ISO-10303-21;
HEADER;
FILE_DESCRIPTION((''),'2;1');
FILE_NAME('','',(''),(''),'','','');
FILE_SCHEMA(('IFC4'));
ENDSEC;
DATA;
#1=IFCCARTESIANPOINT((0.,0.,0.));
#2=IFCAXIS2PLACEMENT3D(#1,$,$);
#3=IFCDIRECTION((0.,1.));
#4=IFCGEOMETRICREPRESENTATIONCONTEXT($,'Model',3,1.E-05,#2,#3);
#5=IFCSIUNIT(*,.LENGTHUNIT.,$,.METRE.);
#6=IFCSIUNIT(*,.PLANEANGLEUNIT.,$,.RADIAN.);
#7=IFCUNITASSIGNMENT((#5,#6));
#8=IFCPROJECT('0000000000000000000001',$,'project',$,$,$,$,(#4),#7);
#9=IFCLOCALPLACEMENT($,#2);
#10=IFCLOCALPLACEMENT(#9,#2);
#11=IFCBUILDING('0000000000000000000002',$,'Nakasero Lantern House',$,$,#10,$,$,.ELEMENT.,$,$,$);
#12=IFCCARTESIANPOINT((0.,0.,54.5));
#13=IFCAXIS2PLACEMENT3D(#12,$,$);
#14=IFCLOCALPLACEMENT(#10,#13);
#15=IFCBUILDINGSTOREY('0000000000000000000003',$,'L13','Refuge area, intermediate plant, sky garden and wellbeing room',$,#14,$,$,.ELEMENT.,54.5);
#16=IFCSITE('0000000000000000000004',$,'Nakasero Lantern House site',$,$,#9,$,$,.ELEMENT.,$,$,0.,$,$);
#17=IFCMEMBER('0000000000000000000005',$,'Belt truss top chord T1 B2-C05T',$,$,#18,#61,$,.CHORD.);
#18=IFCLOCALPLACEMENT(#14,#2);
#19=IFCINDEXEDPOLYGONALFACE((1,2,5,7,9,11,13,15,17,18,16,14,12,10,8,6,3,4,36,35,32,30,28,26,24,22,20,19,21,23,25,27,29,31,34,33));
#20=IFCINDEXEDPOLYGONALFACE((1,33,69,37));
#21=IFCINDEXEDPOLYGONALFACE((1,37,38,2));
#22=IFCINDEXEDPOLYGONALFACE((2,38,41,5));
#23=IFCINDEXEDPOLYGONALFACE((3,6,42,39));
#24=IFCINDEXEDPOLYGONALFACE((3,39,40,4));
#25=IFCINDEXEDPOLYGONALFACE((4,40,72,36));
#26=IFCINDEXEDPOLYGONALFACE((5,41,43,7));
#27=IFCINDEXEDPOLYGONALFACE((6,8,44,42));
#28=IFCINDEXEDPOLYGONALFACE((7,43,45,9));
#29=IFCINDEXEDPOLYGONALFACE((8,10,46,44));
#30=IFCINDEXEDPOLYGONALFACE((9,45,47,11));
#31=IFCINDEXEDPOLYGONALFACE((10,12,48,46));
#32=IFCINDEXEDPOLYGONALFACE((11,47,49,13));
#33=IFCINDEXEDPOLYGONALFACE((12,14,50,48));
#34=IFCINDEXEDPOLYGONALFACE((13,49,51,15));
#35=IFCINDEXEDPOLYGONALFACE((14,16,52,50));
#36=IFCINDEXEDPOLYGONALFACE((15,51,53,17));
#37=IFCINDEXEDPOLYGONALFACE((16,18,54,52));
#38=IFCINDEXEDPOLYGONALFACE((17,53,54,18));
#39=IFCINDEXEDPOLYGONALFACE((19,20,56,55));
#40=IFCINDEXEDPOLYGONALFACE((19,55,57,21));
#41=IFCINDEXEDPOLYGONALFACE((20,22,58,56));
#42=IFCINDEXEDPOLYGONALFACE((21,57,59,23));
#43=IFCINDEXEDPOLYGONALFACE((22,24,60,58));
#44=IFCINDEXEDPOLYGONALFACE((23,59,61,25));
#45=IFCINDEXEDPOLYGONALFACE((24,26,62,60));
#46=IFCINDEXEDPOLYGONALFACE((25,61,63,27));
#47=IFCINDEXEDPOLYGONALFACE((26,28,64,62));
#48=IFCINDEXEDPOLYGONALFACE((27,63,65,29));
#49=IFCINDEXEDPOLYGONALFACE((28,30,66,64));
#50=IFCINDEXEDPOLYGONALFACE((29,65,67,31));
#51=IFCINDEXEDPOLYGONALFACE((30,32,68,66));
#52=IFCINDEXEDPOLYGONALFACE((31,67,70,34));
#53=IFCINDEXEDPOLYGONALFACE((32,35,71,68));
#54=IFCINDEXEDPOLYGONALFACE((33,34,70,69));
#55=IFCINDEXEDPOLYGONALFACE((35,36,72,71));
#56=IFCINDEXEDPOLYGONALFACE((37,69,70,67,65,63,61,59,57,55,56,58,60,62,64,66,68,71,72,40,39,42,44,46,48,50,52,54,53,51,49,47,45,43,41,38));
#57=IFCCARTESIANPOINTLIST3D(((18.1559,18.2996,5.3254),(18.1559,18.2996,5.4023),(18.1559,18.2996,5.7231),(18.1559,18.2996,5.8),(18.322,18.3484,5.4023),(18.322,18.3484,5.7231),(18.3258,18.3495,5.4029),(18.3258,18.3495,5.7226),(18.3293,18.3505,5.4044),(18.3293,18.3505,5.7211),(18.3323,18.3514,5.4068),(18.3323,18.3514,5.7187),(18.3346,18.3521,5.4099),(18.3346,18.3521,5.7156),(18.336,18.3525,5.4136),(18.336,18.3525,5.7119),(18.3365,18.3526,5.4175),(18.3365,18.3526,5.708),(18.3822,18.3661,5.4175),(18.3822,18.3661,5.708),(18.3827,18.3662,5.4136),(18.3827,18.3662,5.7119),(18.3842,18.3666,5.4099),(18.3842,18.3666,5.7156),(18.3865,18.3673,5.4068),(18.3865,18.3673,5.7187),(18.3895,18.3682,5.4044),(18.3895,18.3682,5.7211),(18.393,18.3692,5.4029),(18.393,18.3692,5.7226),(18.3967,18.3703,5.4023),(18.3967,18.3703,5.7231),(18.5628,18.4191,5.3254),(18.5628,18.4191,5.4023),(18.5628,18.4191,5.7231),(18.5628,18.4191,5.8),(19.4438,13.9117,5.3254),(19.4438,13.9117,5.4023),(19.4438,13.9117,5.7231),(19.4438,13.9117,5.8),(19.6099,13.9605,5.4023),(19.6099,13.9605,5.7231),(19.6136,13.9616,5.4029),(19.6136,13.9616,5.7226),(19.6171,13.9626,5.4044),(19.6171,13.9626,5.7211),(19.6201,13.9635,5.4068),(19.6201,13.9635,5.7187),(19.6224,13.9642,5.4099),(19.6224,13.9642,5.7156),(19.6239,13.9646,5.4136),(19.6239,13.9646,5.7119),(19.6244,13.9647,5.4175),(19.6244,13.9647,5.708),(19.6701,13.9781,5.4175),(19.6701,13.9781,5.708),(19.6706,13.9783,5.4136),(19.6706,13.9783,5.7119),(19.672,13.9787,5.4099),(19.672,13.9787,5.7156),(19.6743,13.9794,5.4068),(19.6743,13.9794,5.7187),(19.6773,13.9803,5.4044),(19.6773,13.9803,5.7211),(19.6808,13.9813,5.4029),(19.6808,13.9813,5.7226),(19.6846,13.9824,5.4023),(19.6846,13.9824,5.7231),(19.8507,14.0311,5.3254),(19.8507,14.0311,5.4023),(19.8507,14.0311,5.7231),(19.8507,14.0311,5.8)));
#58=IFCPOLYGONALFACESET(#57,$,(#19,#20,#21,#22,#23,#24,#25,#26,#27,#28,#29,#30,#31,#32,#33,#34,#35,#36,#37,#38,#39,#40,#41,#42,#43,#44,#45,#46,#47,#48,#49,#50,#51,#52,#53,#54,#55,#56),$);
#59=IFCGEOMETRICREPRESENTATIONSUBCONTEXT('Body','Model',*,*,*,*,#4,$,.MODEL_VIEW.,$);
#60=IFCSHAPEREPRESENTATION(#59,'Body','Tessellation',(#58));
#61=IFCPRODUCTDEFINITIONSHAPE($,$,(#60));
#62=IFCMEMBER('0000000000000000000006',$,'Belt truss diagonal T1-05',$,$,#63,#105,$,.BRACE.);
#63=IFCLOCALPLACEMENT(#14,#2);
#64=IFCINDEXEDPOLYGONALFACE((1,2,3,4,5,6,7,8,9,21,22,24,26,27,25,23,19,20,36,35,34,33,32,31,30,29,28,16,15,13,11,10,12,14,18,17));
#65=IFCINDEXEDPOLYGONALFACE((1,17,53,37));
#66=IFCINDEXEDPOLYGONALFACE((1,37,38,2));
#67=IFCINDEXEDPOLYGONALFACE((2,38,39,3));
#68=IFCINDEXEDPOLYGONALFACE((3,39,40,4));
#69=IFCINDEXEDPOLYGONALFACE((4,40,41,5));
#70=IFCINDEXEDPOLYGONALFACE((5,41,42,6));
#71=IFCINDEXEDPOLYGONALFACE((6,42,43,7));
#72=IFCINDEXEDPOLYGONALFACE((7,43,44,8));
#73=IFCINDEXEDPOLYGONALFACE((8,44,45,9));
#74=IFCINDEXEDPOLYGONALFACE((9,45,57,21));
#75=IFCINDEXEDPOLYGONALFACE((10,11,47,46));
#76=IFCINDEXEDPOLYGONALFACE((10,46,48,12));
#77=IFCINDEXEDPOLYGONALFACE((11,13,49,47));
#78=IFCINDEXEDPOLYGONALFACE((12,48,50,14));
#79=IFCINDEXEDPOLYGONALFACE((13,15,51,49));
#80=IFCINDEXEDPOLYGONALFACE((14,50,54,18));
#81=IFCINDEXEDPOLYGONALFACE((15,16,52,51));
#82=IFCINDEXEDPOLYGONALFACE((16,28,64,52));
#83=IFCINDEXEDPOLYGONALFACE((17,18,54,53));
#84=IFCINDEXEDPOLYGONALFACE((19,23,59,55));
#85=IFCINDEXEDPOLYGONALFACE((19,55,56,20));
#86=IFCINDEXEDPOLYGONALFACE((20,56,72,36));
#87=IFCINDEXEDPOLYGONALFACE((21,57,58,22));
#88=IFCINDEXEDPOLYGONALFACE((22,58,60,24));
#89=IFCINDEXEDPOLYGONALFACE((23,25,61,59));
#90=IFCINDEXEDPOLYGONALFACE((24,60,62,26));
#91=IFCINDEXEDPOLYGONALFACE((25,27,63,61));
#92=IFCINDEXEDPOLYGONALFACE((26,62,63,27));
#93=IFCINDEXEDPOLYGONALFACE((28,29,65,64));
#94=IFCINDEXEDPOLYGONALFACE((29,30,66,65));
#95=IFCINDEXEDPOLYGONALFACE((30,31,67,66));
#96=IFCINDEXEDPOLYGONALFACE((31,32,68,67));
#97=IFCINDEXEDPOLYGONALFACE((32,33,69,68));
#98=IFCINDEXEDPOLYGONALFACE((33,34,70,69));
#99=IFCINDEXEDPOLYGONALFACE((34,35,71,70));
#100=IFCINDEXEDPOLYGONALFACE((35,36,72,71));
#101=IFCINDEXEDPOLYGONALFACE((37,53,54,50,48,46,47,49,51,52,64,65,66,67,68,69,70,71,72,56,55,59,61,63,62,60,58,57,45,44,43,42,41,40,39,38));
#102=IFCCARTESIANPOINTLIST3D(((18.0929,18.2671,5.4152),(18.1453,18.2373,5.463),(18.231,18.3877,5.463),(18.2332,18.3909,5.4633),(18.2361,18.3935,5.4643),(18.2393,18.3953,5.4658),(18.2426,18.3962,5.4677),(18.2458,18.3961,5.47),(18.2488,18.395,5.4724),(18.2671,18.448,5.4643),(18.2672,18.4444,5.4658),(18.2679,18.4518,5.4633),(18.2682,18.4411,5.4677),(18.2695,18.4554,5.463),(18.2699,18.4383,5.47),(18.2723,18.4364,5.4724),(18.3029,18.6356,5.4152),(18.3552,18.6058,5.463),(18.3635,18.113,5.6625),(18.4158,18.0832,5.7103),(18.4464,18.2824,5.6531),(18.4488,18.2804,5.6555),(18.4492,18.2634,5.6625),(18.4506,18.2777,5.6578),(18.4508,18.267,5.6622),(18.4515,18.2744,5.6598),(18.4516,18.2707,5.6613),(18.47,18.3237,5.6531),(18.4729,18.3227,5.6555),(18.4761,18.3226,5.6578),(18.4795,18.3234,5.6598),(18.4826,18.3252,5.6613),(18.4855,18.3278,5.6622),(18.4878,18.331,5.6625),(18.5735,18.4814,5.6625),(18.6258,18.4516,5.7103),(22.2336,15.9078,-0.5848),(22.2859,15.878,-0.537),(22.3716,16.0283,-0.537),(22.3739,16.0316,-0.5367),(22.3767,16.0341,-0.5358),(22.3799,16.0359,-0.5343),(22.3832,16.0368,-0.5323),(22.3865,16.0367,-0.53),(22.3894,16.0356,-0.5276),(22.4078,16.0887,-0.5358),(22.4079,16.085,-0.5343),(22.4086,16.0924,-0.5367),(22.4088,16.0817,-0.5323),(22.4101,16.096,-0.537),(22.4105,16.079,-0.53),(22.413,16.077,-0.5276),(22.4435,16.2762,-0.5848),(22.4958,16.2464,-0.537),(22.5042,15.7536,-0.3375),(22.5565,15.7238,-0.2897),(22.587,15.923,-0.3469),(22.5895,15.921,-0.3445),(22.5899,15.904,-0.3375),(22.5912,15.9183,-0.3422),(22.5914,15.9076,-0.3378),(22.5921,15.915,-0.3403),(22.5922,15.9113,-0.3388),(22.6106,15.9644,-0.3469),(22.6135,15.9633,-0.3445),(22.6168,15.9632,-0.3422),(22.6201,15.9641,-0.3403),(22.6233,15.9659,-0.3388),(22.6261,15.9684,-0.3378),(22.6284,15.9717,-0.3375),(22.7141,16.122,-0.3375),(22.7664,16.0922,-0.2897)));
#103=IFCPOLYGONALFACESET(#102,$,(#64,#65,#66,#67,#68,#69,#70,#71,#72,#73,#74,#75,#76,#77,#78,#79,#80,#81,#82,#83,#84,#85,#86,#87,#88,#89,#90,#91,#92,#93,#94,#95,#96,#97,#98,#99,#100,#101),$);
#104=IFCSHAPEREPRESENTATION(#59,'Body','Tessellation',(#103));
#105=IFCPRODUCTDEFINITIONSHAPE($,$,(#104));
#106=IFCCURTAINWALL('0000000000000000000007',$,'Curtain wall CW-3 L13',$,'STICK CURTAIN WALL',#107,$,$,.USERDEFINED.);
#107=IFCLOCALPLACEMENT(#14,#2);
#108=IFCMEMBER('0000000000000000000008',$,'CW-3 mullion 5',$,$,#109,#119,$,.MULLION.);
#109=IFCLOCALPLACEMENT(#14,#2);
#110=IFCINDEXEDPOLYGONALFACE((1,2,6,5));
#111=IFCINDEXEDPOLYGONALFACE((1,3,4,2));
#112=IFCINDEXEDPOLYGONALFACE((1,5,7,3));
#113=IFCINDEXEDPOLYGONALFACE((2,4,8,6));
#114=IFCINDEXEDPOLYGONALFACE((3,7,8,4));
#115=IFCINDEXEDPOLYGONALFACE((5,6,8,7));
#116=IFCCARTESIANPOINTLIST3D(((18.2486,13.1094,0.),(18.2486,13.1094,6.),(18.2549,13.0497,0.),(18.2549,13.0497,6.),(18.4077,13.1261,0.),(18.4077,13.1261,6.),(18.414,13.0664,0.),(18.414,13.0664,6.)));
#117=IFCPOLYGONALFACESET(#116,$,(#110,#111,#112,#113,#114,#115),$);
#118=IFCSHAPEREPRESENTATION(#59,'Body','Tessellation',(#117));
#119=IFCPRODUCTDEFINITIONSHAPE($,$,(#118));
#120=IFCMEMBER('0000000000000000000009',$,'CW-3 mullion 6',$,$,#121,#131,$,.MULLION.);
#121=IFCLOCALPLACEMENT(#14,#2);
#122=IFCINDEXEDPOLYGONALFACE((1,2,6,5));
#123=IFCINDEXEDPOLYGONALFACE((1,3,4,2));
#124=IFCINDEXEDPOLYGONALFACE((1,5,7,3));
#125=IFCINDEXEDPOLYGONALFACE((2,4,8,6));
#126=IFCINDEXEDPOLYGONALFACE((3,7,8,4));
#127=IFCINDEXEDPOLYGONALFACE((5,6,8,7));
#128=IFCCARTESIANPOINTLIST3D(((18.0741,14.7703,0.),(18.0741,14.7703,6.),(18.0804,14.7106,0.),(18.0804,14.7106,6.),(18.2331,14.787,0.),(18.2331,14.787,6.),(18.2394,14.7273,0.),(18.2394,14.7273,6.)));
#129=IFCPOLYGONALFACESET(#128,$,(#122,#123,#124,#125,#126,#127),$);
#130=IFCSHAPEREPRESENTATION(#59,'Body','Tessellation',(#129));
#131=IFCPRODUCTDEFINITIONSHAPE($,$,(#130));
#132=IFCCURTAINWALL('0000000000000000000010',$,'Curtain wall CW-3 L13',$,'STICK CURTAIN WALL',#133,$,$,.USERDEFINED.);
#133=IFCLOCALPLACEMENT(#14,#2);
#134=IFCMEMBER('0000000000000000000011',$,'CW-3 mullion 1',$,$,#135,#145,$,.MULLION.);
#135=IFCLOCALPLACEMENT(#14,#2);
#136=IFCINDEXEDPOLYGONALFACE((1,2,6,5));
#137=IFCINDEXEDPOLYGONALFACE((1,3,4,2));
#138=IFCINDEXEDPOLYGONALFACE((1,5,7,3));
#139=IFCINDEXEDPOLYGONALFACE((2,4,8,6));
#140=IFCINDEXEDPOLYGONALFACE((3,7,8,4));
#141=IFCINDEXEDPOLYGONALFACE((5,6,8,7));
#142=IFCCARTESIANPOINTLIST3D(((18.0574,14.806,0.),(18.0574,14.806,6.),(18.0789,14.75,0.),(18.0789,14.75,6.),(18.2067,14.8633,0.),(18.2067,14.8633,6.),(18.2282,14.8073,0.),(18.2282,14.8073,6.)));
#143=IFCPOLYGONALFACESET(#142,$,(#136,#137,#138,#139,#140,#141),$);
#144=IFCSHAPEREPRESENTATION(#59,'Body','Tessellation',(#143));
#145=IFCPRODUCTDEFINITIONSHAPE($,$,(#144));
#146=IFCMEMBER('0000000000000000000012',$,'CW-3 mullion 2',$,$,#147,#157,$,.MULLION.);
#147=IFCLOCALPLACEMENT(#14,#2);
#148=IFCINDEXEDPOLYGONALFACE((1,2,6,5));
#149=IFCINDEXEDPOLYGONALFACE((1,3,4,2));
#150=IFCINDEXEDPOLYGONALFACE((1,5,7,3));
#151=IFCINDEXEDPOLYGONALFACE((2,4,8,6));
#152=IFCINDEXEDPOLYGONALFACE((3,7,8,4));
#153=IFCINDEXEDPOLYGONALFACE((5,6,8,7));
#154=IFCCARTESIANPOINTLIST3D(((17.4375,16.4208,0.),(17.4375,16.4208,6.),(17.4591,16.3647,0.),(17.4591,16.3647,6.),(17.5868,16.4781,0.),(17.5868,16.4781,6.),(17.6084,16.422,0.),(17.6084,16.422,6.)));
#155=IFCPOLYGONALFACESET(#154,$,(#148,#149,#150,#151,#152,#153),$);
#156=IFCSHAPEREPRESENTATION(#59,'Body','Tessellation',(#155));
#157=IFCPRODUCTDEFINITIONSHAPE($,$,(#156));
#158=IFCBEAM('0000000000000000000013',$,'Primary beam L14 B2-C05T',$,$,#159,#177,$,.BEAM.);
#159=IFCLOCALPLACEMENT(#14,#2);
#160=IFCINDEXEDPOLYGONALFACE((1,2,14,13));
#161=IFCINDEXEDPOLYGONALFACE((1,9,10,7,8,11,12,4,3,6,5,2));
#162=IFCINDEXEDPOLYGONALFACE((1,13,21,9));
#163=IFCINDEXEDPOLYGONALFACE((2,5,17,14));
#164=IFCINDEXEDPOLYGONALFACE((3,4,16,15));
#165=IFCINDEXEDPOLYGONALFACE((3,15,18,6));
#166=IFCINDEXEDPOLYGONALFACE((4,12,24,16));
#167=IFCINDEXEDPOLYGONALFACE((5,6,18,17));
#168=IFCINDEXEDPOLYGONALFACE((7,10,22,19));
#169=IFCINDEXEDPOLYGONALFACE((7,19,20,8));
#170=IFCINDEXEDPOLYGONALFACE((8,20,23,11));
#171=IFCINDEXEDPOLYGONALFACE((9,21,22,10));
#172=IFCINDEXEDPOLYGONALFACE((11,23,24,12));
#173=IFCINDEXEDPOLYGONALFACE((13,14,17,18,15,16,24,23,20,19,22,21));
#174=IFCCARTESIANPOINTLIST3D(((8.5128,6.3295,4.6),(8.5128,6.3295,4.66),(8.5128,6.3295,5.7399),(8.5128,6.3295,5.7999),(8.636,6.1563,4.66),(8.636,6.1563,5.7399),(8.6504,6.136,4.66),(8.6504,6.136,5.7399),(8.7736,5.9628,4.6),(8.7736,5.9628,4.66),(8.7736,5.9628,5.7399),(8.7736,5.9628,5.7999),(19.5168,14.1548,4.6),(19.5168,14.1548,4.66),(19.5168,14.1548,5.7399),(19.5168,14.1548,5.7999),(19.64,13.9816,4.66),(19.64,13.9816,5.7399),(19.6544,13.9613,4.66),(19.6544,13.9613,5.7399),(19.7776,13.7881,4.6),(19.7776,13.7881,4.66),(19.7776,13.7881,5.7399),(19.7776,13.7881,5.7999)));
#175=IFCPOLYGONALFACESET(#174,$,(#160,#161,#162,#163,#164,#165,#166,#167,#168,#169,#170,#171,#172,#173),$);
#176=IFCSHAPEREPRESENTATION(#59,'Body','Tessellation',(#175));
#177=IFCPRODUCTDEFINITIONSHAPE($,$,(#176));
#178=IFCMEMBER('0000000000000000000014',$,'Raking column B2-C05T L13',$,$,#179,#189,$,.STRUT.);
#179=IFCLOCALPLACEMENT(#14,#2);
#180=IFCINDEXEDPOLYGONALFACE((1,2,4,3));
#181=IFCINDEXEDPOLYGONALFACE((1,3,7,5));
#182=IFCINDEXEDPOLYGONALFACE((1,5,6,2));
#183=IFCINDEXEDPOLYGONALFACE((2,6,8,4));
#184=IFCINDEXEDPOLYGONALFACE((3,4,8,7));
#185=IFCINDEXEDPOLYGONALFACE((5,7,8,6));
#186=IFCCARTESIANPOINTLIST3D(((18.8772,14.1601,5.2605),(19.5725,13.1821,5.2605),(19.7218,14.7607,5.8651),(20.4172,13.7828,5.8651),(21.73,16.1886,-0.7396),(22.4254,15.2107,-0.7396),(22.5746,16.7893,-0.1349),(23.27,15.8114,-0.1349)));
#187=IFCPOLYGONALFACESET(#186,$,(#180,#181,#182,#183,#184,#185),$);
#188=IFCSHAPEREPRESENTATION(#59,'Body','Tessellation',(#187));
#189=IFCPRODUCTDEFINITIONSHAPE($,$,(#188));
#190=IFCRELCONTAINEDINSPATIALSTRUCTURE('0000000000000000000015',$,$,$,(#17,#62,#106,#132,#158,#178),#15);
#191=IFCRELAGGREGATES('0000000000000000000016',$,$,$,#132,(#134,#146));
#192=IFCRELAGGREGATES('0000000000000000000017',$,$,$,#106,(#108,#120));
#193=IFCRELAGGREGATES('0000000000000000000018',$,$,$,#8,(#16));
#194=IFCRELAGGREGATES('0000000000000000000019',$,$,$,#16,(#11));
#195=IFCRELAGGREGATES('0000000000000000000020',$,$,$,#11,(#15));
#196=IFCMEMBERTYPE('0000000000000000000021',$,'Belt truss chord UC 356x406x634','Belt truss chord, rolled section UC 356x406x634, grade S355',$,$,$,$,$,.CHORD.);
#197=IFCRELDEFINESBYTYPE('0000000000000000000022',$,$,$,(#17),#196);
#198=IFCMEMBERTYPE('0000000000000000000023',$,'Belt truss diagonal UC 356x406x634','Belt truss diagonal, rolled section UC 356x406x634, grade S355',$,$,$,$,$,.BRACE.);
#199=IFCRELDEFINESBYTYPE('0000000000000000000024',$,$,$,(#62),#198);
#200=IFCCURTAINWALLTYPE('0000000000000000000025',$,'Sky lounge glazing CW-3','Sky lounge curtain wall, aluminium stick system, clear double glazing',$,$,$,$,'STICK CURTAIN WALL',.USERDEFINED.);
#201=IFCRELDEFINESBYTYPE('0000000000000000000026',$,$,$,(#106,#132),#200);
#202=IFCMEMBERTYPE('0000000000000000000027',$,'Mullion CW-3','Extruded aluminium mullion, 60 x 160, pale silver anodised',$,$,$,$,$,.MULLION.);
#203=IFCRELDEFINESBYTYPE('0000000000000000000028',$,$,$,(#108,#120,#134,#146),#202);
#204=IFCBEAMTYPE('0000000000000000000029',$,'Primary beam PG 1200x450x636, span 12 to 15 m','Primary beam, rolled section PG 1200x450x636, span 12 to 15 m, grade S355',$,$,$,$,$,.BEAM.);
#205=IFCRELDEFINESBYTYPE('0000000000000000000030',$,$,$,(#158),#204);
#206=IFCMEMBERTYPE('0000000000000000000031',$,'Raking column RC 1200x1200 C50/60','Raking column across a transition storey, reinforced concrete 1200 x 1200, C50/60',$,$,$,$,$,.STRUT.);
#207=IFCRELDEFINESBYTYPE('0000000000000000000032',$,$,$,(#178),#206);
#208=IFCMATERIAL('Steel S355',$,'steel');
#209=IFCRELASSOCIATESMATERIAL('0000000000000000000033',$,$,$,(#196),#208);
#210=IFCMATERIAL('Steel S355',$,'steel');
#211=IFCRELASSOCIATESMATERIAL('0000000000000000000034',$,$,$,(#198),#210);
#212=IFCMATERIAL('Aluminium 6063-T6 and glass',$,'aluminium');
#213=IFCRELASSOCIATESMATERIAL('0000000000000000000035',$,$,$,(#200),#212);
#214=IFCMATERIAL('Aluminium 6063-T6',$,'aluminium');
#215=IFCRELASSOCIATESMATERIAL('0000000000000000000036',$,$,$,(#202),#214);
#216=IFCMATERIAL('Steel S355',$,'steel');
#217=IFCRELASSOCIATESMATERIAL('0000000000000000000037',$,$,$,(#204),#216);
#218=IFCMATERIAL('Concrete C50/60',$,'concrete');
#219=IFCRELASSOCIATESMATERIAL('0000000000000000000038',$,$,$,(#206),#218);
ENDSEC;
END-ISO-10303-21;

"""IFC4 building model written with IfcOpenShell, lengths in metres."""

from ifc_helpers import new_model, si_unit, direction, frame, origin, origin_2d, place, context, subcontext, project, spatial, rectangle, i_section, extrude, material, material_profile, profile_set, type_object, element, aggregate, save


model = new_model("IFC4")

# Units and contexts
model_context = context("Model", 3, precision=1e-05, world=origin(), true_north=direction((0.0, 1.0)))
body_context = subcontext(model_context, "Body", "Model", "MODEL_VIEW")
ifc_project = project(units=[si_unit("LENGTHUNIT", "METRE"), si_unit("PLANEANGLEUNIT", "RADIAN")], contexts=[model_context])

# Site, building, storey
site_placement = place(None, origin())
site = spatial("IfcSite", under=ifc_project, at=site_placement, Name="Nakasero Lantern House site", CompositionType="ELEMENT", RefElevation=0.0)
building_placement = place(site_placement, origin())
building = spatial("IfcBuilding", under=site, at=building_placement, Name="Nakasero Lantern House", CompositionType="ELEMENT")
storey_placement = place(building_placement, frame((0.0, 0.0, 54.5)))
storey = spatial("IfcBuildingStorey", under=building, at=storey_placement, Name="L13", Description="Refuge area, intermediate plant, sky garden and wellbeing room", CompositionType="ELEMENT", Elevation=54.5)

# Members
ifc_material_1 = material(Name="Steel S355", Category="steel")
ifc_material_profile_1 = material_profile(ifc_material_1, i_section(OverallWidth=0.4241, OverallDepth=0.4746, WebThickness=0.0476, FlangeThickness=0.0769, FilletRadius=0.0151, at=origin_2d()), Name="UC 356x406x634")
ifc_profile_set_1 = profile_set([ifc_material_profile_1], Name="Steel S355")
member_type_1 = type_object("IfcMemberType", Name="Belt truss chord UC 356x406x634", Description="Belt truss chord, rolled section UC 356x406x634, grade S355", PredefinedType="CHORD", material=ifc_profile_set_1)
member_1_placement = place(storey_placement, frame((19.6472, 13.9714, 5.5627), z_axis=(-0.281617, 0.959527, 0.0), x_axis=(-0.959527, -0.281617, 0.0)))
element("IfcMember", 1, at=member_1_placement, inside=storey, type_object=member_type_1, Name="Belt truss top chord T1 B2-C05T", PredefinedType="CHORD", context=body_context, shape_type="SweptSolid", body=[
    extrude(i_section(OverallWidth=0.4241, OverallDepth=0.4746, WebThickness=0.0476, FlangeThickness=0.0769, FilletRadius=0.0151, at=origin_2d()), origin(), (0.0, 0.0, 1.0), 4.573),
])
ifc_material_2 = material(Name="Steel S355", Category="steel")
ifc_material_profile_2 = material_profile(ifc_material_2, i_section(OverallWidth=0.4241, OverallDepth=0.4746, WebThickness=0.0476, FlangeThickness=0.0769, FilletRadius=0.0151, at=origin_2d()), Name="UC 356x406x634")
ifc_profile_set_2 = profile_set([ifc_material_profile_2], Name="Steel S355")
member_type_2 = type_object("IfcMemberType", Name="Belt truss diagonal UC 356x406x634", Description="Belt truss diagonal, rolled section UC 356x406x634, grade S355", PredefinedType="BRACE", material=ifc_profile_set_2)
member_2_placement = place(storey_placement, frame((22.5, 16.0, -0.4373), z_axis=(-0.540387, 0.307918, 0.783051), x_axis=(-0.495079, -0.868848, 0.0)))
element("IfcMember", 2, at=member_2_placement, inside=storey, type_object=member_type_2, Name="Belt truss diagonal T1-05", PredefinedType="BRACE", context=body_context, shape_type="SweptSolid", body=[
    extrude(i_section(OverallWidth=0.4241, OverallDepth=0.4746, WebThickness=0.0476, FlangeThickness=0.0769, FilletRadius=0.0151, at=origin_2d()), origin(), (0.0, 0.0, 1.0), 7.6624),
])

# Curtain walls, members
ifc_material_3 = material(Name="Aluminium 6063-T6 and glass", Category="aluminium")
curtain_wall_type = type_object("IfcCurtainWallType", Name="Sky lounge glazing CW-3", Description="Sky lounge curtain wall, aluminium stick system, clear double glazing", ElementType="STICK CURTAIN WALL", PredefinedType="USERDEFINED", material=ifc_material_3)
curtain_wall_1_placement = place(storey_placement, origin())
curtain_wall_1 = element("IfcCurtainWall", 3, at=curtain_wall_1_placement, inside=storey, type_object=curtain_wall_type, Name="Curtain wall CW-3 L13", ObjectType="STICK CURTAIN WALL", PredefinedType="USERDEFINED")
ifc_material_4 = material(Name="Aluminium 6063-T6", Category="aluminium")
ifc_material_profile_3 = material_profile(ifc_material_4, rectangle(XDim=0.0601, YDim=0.1599, at=origin_2d()), Name="CW-3 mullion 60x160")
ifc_profile_set_3 = profile_set([ifc_material_profile_3], Name="Aluminium 6063-T6")
member_type_3 = type_object("IfcMemberType", Name="Mullion CW-3", Description="Extruded aluminium mullion, 60 x 160, pale silver anodised", PredefinedType="MULLION", material=ifc_profile_set_3)
member_3_placement = place(storey_placement, frame((18.3313, 13.0879, 0.0), z_axis=(0.0, 0.0, 1.0), x_axis=(-0.104528, 0.994522, 0.0)))
member_3 = element("IfcMember", 4, at=member_3_placement, type_object=member_type_3, Name="CW-3 mullion 5", PredefinedType="MULLION", context=body_context, shape_type="SweptSolid", body=[
    extrude(rectangle(XDim=0.0601, YDim=0.1599, at=origin_2d()), origin(), (0.0, 0.0, 1.0), 6.0),
])
member_4_placement = place(storey_placement, frame((18.1567, 14.7488, 0.0), z_axis=(0.0, 0.0, 1.0), x_axis=(-0.104528, 0.994522, 0.0)))
member_4 = element("IfcMember", 5, at=member_4_placement, type_object=member_type_3, Name="CW-3 mullion 6", PredefinedType="MULLION", context=body_context, shape_type="SweptSolid", body=[
    extrude(rectangle(XDim=0.0601, YDim=0.1599, at=origin_2d()), origin(), (0.0, 0.0, 1.0), 6.0),
])
curtain_wall_2_placement = place(storey_placement, origin())
curtain_wall_2 = element("IfcCurtainWall", 6, at=curtain_wall_2_placement, inside=storey, type_object=curtain_wall_type, Name="Curtain wall CW-3 L13", ObjectType="STICK CURTAIN WALL", PredefinedType="USERDEFINED")
member_5_placement = place(storey_placement, frame((18.1428, 14.8066, 0.0), z_axis=(0.0, 0.0, 1.0), x_axis=(-0.358368, 0.93358, 0.0)))
member_5 = element("IfcMember", 7, at=member_5_placement, type_object=member_type_3, Name="CW-3 mullion 1", PredefinedType="MULLION", context=body_context, shape_type="SweptSolid", body=[
    extrude(rectangle(XDim=0.0601, YDim=0.1599, at=origin_2d()), origin(), (0.0, 0.0, 1.0), 6.0),
])
member_6_placement = place(storey_placement, frame((17.5229, 16.4214, 0.0), z_axis=(0.0, 0.0, 1.0), x_axis=(-0.358368, 0.93358, 0.0)))
member_6 = element("IfcMember", 8, at=member_6_placement, type_object=member_type_3, Name="CW-3 mullion 2", PredefinedType="MULLION", context=body_context, shape_type="SweptSolid", body=[
    extrude(rectangle(XDim=0.0601, YDim=0.1599, at=origin_2d()), origin(), (0.0, 0.0, 1.0), 6.0),
])

# Beam
ifc_material_5 = material(Name="Steel S355", Category="steel")
ifc_material_profile_4 = material_profile(ifc_material_5, i_section(OverallWidth=0.45, OverallDepth=1.2, WebThickness=0.0249, FlangeThickness=0.0601, at=origin_2d()), Name="PG 1200x450x636")
ifc_profile_set_4 = profile_set([ifc_material_profile_4], Name="Steel S355")
beam_type = type_object("IfcBeamType", Name="Primary beam PG 1200x450x636, span 12 to 15 m", Description="Primary beam, rolled section PG 1200x450x636, span 12 to 15 m, grade S355", PredefinedType="BEAM", material=ifc_profile_set_4)
beam_placement = place(storey_placement, frame((19.6472, 13.9714, 5.2), z_axis=(-0.814948, -0.579533, 0.0), x_axis=(0.579533, -0.814948, 0.0)))
element("IfcBeam", 9, at=beam_placement, inside=storey, type_object=beam_type, Name="Primary beam L14 B2-C05T", PredefinedType="BEAM", context=body_context, shape_type="SweptSolid", body=[
    extrude(i_section(OverallWidth=0.45, OverallDepth=1.2, WebThickness=0.0249, FlangeThickness=0.0601, at=origin_2d()), origin(), (0.0, 0.0, 1.0), 13.5027),
])

# Member
ifc_material_6 = material(Name="Concrete C50/60", Category="concrete")
ifc_material_profile_5 = material_profile(ifc_material_6, rectangle(XDim=1.2, YDim=1.2, at=origin_2d()), Name="RC 1200x1200")
ifc_profile_set_5 = profile_set([ifc_material_profile_5], Name="Concrete C50/60")
member_type_4 = type_object("IfcMemberType", Name="Raking column RC 1200x1200 C50/60", Description="Raking column across a transition storey, reinforced concrete 1200 x 1200, C50/60", PredefinedType="STRUT", material=ifc_profile_set_5)
member_7_placement = place(storey_placement, frame((22.5, 16.0, -0.4373), z_axis=(-0.410681, -0.292028, 0.863748), x_axis=(0.579508, -0.814966, 0.0)))
element("IfcMember", 10, at=member_7_placement, inside=storey, type_object=member_type_4, Name="Raking column B2-C05T L13", PredefinedType="STRUT", context=body_context, shape_type="SweptSolid", body=[
    extrude(rectangle(XDim=1.2, YDim=1.2, at=origin_2d()), origin(), (0.0, 0.0, 1.0), 6.9465),
])

aggregate(curtain_wall_2, [member_5, member_6])
aggregate(curtain_wall_1, [member_3, member_4])

save(model, "model.ifc")
